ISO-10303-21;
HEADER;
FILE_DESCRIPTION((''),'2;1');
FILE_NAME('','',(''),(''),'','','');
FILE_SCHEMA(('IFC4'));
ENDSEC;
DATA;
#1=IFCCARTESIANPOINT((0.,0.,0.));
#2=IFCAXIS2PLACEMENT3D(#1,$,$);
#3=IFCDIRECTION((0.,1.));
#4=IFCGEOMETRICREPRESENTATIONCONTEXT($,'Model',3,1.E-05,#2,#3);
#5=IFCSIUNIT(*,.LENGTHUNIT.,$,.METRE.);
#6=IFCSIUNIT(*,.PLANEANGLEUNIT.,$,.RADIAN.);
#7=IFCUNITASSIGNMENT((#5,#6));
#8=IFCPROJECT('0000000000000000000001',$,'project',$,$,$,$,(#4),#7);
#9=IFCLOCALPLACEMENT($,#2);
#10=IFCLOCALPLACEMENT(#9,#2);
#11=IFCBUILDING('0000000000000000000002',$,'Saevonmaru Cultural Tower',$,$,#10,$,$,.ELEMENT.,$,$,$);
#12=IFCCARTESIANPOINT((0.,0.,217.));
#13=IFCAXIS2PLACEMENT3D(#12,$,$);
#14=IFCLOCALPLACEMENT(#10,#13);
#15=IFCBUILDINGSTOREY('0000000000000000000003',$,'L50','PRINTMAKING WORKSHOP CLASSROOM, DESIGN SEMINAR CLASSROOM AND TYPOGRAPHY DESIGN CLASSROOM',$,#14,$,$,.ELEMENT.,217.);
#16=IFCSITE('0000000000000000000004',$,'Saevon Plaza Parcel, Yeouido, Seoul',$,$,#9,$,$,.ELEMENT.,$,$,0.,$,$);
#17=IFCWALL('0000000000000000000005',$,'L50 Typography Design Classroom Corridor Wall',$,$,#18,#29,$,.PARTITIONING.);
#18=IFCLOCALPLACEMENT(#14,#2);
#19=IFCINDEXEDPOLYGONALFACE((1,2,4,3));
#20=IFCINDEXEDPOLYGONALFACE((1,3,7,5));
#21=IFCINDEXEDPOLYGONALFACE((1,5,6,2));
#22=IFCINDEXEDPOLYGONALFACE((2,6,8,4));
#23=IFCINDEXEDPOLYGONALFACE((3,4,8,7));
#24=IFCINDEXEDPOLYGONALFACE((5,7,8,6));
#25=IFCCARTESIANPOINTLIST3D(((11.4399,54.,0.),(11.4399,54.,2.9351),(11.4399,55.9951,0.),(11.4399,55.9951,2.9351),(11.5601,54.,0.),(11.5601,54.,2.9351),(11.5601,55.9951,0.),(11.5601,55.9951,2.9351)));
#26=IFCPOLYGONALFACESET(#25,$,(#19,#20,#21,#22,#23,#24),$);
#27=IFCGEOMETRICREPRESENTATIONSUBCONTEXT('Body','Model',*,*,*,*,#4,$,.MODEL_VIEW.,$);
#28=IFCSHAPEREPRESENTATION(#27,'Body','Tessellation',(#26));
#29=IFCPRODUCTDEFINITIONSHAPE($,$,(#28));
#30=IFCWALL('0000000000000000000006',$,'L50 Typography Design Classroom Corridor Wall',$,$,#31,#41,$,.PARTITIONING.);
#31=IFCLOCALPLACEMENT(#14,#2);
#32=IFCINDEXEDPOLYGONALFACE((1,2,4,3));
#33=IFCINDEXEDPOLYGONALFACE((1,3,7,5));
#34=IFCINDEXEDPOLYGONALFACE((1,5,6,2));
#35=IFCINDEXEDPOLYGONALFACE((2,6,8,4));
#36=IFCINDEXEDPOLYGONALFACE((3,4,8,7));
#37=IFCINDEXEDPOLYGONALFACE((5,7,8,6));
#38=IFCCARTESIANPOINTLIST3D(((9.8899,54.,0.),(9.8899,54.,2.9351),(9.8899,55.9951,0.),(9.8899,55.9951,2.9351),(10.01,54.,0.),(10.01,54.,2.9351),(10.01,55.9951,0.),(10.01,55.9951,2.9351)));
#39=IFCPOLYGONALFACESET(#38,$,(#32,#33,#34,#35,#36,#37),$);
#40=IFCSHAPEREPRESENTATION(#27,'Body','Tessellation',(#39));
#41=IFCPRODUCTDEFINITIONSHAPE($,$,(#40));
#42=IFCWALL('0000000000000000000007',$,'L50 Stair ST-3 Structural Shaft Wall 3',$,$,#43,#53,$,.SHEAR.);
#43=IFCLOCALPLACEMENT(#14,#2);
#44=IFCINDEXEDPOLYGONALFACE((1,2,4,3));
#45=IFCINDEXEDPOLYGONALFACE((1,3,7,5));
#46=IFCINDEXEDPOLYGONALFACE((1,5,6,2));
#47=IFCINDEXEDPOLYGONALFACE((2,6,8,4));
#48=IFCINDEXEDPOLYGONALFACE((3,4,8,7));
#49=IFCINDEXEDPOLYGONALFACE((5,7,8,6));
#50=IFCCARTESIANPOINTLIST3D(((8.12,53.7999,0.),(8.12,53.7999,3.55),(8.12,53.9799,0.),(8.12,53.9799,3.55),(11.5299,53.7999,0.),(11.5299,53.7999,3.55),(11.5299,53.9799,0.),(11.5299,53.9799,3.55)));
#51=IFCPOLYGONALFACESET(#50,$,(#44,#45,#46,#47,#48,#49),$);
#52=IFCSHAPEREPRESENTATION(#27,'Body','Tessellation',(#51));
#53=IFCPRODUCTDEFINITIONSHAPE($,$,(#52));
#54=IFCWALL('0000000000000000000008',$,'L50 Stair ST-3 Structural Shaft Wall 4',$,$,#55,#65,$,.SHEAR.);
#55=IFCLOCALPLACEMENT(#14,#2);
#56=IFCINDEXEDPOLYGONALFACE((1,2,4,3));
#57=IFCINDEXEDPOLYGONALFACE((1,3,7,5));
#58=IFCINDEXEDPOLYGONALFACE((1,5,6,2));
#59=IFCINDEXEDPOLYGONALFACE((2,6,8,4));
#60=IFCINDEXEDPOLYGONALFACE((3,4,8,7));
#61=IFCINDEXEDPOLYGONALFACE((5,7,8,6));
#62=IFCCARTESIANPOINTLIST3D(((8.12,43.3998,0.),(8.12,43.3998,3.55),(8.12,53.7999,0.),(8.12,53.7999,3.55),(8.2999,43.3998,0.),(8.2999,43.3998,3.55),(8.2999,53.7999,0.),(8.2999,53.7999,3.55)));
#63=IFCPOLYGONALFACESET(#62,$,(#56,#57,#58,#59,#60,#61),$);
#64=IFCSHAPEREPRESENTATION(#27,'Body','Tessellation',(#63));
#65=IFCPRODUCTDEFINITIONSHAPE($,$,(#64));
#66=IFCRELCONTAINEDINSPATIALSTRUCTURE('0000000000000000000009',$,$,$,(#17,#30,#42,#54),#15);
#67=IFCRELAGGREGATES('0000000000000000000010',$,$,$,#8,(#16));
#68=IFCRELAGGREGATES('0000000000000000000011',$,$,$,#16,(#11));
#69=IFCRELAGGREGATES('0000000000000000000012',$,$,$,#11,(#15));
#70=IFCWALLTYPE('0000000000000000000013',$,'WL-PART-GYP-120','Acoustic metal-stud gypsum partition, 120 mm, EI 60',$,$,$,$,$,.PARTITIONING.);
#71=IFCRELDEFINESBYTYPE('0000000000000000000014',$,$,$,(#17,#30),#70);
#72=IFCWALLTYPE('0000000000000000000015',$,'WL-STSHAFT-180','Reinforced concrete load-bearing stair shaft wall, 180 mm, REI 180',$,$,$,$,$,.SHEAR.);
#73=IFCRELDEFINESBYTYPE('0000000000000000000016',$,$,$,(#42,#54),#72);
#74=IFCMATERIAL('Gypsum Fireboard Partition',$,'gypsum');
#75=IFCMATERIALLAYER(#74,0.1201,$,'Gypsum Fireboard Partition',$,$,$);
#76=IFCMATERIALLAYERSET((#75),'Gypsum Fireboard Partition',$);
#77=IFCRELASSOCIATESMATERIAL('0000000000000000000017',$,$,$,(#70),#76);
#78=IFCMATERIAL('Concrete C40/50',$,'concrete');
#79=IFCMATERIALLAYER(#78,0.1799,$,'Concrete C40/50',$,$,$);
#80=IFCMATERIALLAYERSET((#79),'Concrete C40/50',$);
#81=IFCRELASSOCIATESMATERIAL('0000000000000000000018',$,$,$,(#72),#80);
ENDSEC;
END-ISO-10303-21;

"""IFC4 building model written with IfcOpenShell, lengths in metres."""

from ifc_helpers import new_model, si_unit, direction, frame, frame_2d, origin, place, context, subcontext, project, spatial, rectangle, extrude, material, layer, layer_set, type_object, element, save


model = new_model("IFC4")

# Units and contexts
model_context = context("Model", 3, precision=1e-05, world=origin(), true_north=direction((0.0, 1.0)))
body_context = subcontext(model_context, "Body", "Model", "MODEL_VIEW")
ifc_project = project(units=[si_unit("LENGTHUNIT", "METRE"), si_unit("PLANEANGLEUNIT", "RADIAN")], contexts=[model_context])

# Site, building, storey
site_placement = place(None, origin())
site = spatial("IfcSite", under=ifc_project, at=site_placement, Name="Saevon Plaza Parcel, Yeouido, Seoul", CompositionType="ELEMENT", RefElevation=0.0)
building_placement = place(site_placement, origin())
building = spatial("IfcBuilding", under=site, at=building_placement, Name="Saevonmaru Cultural Tower", CompositionType="ELEMENT")
storey_placement = place(building_placement, frame((0.0, 0.0, 217.0)))
storey = spatial("IfcBuildingStorey", under=building, at=storey_placement, Name="L50", Description="PRINTMAKING WORKSHOP CLASSROOM, DESIGN SEMINAR CLASSROOM AND TYPOGRAPHY DESIGN CLASSROOM", CompositionType="ELEMENT", Elevation=217.0)

# Walls
ifc_material_1 = material(Name="Gypsum Fireboard Partition", Category="gypsum")
ifc_layer_1 = layer(ifc_material_1, 0.1201, Name="Gypsum Fireboard Partition")
ifc_layer_set_1 = layer_set([ifc_layer_1], Name="Gypsum Fireboard Partition")
wall_type_1 = type_object("IfcWallType", Name="WL-PART-GYP-120", Description="Acoustic metal-stud gypsum partition, 120 mm, EI 60", PredefinedType="PARTITIONING", material=ifc_layer_set_1)
for number, where, z_axis, x_axis, name in (
    (1, (11.5, 54.0, 0.0), (0.0, 0.0, 1.0), (0.0, 1.0, 0.0), "L50 Typography Design Classroom Corridor Wall"),
    (2, (9.95, 54.0, 0.0), (0.0, 0.0, 1.0), (0.0, 1.0, 0.0), "L50 Typography Design Classroom Corridor Wall"),
):
    element("IfcWall", number, at=place(storey_placement, frame(where, z_axis=z_axis, x_axis=x_axis)), inside=storey, type_object=wall_type_1, Name=name, PredefinedType="PARTITIONING", context=body_context, shape_type="SweptSolid", body=[
        extrude(rectangle(XDim=1.9951, YDim=0.1201, at=frame_2d((0.9976, 0.0))), origin(), (0.0, 0.0, 1.0), 2.9351),
    ])
ifc_material_2 = material(Name="Concrete C40/50", Category="concrete")
ifc_layer_2 = layer(ifc_material_2, 0.1799, Name="Concrete C40/50")
ifc_layer_set_2 = layer_set([ifc_layer_2], Name="Concrete C40/50")
wall_type_2 = type_object("IfcWallType", Name="WL-STSHAFT-180", Description="Reinforced concrete load-bearing stair shaft wall, 180 mm, REI 180", PredefinedType="SHEAR", material=ifc_layer_set_2)
wall_1_placement = place(storey_placement, frame((11.53, 53.8899, 0.0), z_axis=(0.0, 0.0, 1.0), x_axis=(-1.0, 0.0, 0.0)))
element("IfcWall", 3, at=wall_1_placement, inside=storey, type_object=wall_type_2, Name="L50 Stair ST-3 Structural Shaft Wall 3", PredefinedType="SHEAR", context=body_context, shape_type="SweptSolid", body=[
    extrude(rectangle(XDim=3.4099, YDim=0.1799, at=frame_2d((1.7051, 0.0))), origin(), (0.0, 0.0, 1.0), 3.55),
])
wall_2_placement = place(storey_placement, frame((8.21, 53.8, 0.0), z_axis=(0.0, 0.0, 1.0), x_axis=(0.0, -1.0, 0.0)))
element("IfcWall", 4, at=wall_2_placement, inside=storey, type_object=wall_type_2, Name="L50 Stair ST-3 Structural Shaft Wall 4", PredefinedType="SHEAR", context=body_context, shape_type="SweptSolid", body=[
    extrude(rectangle(XDim=10.4001, YDim=0.1799, at=frame_2d((5.2002, 0.0))), origin(), (0.0, 0.0, 1.0), 3.55),
])

save(model, "model.ifc")
